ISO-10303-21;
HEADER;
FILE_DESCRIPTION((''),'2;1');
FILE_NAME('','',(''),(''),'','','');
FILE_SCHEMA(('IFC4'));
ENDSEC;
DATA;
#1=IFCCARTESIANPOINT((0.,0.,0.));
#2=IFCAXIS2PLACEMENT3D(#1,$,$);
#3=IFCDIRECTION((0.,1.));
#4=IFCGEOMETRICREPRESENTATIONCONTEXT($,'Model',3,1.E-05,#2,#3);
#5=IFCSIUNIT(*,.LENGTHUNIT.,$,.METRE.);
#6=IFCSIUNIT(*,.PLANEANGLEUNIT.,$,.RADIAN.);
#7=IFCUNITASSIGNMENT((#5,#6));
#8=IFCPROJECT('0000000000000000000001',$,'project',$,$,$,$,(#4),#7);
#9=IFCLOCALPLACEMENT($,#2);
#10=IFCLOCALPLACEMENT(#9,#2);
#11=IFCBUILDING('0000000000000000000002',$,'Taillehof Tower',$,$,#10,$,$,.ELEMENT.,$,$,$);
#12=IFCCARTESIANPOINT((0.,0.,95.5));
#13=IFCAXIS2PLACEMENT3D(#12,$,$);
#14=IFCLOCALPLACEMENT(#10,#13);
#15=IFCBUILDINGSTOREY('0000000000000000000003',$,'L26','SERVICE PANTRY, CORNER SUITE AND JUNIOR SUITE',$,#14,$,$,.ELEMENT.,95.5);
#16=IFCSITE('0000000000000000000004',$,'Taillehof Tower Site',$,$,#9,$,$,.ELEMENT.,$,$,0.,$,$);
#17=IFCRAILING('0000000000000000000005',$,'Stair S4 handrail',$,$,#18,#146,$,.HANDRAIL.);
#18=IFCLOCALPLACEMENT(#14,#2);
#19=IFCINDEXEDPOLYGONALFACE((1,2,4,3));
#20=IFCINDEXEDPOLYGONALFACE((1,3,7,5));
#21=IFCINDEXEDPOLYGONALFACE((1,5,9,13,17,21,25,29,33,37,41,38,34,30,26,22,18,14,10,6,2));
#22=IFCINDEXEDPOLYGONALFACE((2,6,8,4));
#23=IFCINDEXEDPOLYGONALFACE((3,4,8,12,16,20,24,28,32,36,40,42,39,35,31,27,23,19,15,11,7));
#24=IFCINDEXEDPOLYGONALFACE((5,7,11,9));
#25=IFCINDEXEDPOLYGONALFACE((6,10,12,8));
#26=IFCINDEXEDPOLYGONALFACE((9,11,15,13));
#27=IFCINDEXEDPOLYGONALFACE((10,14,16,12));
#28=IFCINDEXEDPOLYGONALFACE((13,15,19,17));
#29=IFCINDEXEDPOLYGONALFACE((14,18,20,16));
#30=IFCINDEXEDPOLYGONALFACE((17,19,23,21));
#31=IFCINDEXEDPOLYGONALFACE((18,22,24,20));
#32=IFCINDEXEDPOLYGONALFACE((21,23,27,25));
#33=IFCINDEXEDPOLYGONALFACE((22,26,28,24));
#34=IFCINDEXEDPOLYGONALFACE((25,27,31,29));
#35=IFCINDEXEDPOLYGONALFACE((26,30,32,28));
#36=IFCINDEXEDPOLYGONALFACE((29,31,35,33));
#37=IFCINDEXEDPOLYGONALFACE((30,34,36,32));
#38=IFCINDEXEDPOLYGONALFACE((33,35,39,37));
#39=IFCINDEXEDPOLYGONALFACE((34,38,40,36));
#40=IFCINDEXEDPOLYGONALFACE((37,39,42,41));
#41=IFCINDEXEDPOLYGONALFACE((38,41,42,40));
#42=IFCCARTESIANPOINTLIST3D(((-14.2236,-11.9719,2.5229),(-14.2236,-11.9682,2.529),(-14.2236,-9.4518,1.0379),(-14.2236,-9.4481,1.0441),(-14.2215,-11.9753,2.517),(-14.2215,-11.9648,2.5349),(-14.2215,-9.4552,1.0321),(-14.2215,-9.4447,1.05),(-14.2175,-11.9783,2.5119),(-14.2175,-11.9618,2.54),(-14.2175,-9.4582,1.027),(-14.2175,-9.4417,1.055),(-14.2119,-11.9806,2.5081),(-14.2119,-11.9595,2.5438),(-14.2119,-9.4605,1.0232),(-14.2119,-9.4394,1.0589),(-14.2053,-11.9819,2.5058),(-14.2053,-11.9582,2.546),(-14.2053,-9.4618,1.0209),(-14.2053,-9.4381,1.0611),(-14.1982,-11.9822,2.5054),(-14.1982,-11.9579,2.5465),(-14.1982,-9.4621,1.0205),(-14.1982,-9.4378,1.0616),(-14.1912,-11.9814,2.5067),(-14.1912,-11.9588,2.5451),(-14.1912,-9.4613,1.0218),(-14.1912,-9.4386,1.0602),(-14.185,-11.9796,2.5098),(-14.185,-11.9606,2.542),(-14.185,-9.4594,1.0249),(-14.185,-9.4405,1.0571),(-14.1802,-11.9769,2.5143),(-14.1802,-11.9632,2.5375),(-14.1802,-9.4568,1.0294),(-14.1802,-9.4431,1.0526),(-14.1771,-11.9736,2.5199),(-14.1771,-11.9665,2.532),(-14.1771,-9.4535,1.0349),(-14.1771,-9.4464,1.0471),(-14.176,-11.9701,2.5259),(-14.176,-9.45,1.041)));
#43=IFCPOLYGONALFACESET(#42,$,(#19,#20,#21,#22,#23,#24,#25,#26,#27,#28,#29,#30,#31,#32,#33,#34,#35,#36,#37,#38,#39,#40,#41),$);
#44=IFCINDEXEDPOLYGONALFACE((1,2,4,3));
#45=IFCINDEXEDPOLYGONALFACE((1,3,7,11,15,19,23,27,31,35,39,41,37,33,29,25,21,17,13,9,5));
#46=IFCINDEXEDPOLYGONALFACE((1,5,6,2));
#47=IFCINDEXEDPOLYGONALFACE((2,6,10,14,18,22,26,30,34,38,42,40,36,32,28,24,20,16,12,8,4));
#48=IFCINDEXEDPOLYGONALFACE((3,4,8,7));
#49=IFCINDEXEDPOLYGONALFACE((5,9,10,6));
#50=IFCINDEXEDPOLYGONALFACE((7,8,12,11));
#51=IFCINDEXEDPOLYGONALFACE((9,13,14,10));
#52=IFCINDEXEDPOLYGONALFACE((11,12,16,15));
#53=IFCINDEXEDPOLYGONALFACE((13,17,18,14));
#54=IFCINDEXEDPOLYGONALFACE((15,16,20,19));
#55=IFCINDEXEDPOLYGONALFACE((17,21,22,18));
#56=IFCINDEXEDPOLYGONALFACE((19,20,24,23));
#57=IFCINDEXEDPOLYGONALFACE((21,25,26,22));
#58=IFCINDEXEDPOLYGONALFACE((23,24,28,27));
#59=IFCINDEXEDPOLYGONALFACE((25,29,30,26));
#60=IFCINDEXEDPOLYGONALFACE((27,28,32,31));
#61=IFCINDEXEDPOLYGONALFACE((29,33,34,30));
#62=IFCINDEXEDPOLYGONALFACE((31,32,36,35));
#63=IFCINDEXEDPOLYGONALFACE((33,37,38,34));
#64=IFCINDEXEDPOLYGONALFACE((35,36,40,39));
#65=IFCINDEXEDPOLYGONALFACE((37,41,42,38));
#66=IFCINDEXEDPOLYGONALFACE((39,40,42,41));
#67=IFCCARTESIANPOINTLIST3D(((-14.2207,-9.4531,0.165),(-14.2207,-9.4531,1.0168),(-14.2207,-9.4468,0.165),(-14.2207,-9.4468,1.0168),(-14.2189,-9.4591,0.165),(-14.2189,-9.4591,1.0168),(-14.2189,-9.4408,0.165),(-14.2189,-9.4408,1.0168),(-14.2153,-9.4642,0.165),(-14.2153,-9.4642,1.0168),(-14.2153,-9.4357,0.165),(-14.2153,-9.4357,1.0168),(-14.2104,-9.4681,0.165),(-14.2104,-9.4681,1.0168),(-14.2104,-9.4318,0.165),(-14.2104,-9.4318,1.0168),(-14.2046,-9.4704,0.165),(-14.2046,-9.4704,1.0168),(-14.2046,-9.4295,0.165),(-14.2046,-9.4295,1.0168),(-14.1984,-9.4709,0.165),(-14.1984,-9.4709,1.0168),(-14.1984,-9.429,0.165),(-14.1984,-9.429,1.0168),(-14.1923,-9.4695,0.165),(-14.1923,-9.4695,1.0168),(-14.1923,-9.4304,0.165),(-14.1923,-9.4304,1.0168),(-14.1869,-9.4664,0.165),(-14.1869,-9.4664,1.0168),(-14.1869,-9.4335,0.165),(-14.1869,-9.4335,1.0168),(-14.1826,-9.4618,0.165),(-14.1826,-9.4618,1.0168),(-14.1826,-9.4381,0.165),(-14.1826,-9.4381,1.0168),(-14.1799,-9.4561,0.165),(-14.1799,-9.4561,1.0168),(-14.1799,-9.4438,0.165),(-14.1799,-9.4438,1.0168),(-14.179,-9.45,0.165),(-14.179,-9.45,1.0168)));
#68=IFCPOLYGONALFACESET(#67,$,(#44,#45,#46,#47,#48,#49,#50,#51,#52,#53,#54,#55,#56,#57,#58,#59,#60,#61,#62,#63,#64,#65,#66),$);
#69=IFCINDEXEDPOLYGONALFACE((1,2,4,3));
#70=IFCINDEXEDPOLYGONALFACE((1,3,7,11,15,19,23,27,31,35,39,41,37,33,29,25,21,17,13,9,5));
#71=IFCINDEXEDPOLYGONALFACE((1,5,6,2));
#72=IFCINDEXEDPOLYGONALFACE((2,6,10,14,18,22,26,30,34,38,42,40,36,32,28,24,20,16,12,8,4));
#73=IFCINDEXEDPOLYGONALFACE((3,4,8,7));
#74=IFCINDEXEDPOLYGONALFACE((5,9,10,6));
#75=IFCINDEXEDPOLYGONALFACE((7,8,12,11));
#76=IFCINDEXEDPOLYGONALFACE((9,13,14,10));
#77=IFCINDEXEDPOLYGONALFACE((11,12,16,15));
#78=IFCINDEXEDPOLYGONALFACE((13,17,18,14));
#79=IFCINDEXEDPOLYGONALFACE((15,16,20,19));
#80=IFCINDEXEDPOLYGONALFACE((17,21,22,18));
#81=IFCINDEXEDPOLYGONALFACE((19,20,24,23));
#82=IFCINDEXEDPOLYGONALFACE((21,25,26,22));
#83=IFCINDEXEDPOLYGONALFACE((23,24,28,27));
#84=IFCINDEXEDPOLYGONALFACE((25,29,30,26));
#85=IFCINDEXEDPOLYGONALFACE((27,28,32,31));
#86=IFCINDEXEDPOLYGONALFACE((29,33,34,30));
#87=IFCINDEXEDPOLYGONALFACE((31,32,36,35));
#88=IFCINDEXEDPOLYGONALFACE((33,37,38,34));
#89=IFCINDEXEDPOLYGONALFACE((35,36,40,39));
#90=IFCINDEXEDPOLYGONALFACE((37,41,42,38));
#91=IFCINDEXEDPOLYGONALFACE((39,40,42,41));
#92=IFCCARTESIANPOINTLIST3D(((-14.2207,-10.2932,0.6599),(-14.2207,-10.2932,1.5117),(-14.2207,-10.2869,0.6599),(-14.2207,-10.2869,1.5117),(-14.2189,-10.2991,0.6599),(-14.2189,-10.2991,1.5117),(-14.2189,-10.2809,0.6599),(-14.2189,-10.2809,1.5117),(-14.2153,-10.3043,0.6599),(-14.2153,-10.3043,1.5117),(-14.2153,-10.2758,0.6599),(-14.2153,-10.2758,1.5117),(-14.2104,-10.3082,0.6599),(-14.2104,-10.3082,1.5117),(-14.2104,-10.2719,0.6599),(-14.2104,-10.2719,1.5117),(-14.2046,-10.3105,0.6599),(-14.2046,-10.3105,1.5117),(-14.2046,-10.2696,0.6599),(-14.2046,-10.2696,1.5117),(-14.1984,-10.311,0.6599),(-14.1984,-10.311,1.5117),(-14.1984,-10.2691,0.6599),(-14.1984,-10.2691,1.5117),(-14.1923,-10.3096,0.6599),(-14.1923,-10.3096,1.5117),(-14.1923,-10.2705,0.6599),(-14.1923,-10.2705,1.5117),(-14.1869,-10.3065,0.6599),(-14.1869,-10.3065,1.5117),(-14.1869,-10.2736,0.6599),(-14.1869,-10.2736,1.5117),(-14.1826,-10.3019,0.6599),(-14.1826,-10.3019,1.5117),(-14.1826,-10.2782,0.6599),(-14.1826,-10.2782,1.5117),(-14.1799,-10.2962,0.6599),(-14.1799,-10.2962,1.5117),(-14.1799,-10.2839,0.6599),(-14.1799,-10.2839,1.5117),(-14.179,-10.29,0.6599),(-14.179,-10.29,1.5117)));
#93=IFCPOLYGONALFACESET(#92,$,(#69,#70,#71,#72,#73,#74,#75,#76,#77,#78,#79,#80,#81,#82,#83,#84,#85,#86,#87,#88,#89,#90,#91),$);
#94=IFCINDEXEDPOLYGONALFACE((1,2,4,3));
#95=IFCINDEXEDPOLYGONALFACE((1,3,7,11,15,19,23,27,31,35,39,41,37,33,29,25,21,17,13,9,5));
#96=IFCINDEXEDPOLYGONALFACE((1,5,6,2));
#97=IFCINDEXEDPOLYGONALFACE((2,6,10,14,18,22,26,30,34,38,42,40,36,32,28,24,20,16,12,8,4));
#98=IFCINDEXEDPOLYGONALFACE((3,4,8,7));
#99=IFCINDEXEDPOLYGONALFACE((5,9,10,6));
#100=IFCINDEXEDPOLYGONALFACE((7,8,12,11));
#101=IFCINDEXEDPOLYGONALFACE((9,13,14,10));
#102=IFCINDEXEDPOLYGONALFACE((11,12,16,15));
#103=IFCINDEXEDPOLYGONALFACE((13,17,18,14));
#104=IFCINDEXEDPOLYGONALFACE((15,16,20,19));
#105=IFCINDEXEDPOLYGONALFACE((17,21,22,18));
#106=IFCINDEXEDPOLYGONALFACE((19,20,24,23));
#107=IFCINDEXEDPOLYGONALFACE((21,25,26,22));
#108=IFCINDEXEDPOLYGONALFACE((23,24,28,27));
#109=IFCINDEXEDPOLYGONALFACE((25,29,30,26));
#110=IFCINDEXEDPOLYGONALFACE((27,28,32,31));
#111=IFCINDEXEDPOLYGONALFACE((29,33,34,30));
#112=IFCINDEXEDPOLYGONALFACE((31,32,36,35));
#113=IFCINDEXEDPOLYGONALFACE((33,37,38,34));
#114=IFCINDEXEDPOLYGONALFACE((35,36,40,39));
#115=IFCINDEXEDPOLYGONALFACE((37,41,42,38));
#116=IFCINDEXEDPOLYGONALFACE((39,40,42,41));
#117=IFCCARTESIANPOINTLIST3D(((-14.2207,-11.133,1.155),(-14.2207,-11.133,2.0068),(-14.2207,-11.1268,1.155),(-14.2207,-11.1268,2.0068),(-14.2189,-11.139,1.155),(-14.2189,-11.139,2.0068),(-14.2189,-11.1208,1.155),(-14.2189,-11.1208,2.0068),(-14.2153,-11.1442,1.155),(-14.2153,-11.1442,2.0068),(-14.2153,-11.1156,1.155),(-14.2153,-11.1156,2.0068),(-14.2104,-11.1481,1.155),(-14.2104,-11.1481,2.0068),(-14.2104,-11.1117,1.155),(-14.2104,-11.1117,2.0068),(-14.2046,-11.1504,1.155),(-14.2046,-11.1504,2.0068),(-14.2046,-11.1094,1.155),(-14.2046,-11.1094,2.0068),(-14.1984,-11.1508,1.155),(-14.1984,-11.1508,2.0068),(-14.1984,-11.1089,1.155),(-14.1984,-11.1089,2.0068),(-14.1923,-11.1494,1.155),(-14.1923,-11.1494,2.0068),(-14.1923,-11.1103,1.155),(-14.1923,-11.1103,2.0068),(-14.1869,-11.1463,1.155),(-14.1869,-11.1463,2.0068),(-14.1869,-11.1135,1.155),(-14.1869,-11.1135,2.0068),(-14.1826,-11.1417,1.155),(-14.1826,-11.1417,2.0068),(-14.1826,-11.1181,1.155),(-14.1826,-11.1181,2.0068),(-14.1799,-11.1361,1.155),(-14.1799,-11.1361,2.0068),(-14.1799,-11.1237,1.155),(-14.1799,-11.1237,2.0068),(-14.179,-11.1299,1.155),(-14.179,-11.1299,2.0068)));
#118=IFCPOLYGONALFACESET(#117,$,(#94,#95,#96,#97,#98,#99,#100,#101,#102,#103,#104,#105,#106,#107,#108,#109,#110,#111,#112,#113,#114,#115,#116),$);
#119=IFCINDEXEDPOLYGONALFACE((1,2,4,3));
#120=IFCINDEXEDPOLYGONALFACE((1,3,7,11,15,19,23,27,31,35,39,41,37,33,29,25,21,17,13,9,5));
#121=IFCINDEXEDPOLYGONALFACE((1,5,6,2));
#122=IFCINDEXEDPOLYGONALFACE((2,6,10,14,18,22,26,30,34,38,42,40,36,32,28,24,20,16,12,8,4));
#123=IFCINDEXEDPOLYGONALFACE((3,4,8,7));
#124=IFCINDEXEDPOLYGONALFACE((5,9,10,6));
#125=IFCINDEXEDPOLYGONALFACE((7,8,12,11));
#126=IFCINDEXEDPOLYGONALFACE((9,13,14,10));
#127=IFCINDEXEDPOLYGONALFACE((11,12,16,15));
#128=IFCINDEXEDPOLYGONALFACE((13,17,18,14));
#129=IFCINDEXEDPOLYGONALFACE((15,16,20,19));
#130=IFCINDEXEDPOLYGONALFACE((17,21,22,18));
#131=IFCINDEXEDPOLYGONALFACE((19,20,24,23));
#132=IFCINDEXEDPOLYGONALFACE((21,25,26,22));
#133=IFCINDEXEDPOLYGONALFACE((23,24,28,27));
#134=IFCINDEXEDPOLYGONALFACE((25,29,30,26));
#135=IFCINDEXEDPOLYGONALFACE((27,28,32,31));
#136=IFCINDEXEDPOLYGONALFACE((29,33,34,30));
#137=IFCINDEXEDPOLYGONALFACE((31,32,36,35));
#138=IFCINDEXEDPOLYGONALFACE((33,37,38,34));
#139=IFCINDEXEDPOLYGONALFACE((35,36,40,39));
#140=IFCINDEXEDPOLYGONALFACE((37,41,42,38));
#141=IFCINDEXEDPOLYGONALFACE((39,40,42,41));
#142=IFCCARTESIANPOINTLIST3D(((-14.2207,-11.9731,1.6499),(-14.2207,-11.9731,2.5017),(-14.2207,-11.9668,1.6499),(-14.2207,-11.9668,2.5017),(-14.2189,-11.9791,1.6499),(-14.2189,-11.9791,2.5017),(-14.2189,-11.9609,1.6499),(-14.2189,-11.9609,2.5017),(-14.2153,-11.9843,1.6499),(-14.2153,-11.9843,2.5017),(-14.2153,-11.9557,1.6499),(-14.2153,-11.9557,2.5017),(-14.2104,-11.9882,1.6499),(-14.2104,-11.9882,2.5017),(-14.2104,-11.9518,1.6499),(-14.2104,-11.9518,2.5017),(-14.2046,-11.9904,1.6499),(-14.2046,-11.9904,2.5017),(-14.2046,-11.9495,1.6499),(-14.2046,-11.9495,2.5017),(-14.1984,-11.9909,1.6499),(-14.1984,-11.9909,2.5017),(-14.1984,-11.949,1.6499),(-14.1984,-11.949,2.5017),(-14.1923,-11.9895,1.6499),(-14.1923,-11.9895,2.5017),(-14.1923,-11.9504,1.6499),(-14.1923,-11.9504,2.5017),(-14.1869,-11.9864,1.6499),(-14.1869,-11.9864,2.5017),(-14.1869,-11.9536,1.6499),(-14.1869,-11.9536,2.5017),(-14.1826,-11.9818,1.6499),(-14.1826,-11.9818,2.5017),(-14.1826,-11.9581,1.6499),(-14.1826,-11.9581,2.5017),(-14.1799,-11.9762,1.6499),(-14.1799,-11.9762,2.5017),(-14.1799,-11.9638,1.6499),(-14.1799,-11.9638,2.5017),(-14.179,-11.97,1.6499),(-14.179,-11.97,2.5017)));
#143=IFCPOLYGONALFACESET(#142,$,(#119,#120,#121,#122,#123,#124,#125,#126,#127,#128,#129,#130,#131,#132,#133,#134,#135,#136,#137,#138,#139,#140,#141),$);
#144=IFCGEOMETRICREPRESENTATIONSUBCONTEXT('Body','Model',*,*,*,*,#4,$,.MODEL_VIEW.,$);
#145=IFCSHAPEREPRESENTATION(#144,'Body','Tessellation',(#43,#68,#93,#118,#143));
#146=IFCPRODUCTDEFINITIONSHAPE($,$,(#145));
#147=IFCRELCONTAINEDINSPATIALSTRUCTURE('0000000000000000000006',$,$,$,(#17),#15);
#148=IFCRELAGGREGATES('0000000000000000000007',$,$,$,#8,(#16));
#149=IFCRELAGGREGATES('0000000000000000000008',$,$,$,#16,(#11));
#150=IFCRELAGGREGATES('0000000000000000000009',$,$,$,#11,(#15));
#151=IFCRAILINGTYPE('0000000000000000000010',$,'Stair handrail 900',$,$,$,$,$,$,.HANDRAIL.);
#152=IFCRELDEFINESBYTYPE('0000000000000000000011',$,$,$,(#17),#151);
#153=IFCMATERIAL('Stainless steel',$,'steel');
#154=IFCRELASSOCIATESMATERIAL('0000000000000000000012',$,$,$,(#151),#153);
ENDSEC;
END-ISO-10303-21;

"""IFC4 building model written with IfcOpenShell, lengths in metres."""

from ifc_helpers import new_model, si_unit, direction, frame, origin, origin_2d, place, context, subcontext, project, spatial, circle, extrude, material, type_object, element, save


model = new_model("IFC4")

# Units and contexts
model_context = context("Model", 3, precision=1e-05, world=origin(), true_north=direction((0.0, 1.0)))
body_context = subcontext(model_context, "Body", "Model", "MODEL_VIEW")
ifc_project = project(units=[si_unit("LENGTHUNIT", "METRE"), si_unit("PLANEANGLEUNIT", "RADIAN")], contexts=[model_context])

# Site, building, storey
site_placement = place(None, origin())
site = spatial("IfcSite", under=ifc_project, at=site_placement, Name="Taillehof Tower Site", CompositionType="ELEMENT", RefElevation=0.0)
building_placement = place(site_placement, origin())
building = spatial("IfcBuilding", under=site, at=building_placement, Name="Taillehof Tower", CompositionType="ELEMENT")
storey_placement = place(building_placement, frame((0.0, 0.0, 95.5)))
storey = spatial("IfcBuildingStorey", under=building, at=storey_placement, Name="L26", Description="SERVICE PANTRY, CORNER SUITE AND JUNIOR SUITE", CompositionType="ELEMENT", Elevation=95.5)

# Railing
ifc_material_1 = material(Name="Stainless steel", Category="steel")
railing_type_1 = type_object("IfcRailingType", Name="Stair handrail 900", PredefinedType="HANDRAIL", material=ifc_material_1)
railing_1_placement = place(storey_placement, frame((-14.2, -9.45, 0.165)))
element("IfcRailing", 1, at=railing_1_placement, inside=storey, type_object=railing_type_1, Name="Stair S4 handrail", PredefinedType="HANDRAIL", context=body_context, shape_type="SweptSolid", body=[
    extrude(circle(Radius=0.0239, at=origin_2d()), frame((0.0, 0.0, 0.876), z_axis=(0.0, -0.861561, 0.507655), x_axis=(1.0, 0.0, 0.0)), (0.0, 0.0, 1.0), 2.925),
    extrude(circle(Radius=0.021, at=origin_2d()), origin(), (0.0, 0.0, 1.0), 0.8518),
    extrude(circle(Radius=0.021, at=origin_2d()), frame((0.0, -0.8401, 0.4949)), (0.0, 0.0, 1.0), 0.8518),
    extrude(circle(Radius=0.021, at=origin_2d()), frame((0.0, -1.6799, 0.99)), (0.0, 0.0, 1.0), 0.8518),
    extrude(circle(Radius=0.021, at=origin_2d()), frame((0.0, -2.52, 1.4849)), (0.0, 0.0, 1.0), 0.8518),
])

save(model, "model.ifc")
